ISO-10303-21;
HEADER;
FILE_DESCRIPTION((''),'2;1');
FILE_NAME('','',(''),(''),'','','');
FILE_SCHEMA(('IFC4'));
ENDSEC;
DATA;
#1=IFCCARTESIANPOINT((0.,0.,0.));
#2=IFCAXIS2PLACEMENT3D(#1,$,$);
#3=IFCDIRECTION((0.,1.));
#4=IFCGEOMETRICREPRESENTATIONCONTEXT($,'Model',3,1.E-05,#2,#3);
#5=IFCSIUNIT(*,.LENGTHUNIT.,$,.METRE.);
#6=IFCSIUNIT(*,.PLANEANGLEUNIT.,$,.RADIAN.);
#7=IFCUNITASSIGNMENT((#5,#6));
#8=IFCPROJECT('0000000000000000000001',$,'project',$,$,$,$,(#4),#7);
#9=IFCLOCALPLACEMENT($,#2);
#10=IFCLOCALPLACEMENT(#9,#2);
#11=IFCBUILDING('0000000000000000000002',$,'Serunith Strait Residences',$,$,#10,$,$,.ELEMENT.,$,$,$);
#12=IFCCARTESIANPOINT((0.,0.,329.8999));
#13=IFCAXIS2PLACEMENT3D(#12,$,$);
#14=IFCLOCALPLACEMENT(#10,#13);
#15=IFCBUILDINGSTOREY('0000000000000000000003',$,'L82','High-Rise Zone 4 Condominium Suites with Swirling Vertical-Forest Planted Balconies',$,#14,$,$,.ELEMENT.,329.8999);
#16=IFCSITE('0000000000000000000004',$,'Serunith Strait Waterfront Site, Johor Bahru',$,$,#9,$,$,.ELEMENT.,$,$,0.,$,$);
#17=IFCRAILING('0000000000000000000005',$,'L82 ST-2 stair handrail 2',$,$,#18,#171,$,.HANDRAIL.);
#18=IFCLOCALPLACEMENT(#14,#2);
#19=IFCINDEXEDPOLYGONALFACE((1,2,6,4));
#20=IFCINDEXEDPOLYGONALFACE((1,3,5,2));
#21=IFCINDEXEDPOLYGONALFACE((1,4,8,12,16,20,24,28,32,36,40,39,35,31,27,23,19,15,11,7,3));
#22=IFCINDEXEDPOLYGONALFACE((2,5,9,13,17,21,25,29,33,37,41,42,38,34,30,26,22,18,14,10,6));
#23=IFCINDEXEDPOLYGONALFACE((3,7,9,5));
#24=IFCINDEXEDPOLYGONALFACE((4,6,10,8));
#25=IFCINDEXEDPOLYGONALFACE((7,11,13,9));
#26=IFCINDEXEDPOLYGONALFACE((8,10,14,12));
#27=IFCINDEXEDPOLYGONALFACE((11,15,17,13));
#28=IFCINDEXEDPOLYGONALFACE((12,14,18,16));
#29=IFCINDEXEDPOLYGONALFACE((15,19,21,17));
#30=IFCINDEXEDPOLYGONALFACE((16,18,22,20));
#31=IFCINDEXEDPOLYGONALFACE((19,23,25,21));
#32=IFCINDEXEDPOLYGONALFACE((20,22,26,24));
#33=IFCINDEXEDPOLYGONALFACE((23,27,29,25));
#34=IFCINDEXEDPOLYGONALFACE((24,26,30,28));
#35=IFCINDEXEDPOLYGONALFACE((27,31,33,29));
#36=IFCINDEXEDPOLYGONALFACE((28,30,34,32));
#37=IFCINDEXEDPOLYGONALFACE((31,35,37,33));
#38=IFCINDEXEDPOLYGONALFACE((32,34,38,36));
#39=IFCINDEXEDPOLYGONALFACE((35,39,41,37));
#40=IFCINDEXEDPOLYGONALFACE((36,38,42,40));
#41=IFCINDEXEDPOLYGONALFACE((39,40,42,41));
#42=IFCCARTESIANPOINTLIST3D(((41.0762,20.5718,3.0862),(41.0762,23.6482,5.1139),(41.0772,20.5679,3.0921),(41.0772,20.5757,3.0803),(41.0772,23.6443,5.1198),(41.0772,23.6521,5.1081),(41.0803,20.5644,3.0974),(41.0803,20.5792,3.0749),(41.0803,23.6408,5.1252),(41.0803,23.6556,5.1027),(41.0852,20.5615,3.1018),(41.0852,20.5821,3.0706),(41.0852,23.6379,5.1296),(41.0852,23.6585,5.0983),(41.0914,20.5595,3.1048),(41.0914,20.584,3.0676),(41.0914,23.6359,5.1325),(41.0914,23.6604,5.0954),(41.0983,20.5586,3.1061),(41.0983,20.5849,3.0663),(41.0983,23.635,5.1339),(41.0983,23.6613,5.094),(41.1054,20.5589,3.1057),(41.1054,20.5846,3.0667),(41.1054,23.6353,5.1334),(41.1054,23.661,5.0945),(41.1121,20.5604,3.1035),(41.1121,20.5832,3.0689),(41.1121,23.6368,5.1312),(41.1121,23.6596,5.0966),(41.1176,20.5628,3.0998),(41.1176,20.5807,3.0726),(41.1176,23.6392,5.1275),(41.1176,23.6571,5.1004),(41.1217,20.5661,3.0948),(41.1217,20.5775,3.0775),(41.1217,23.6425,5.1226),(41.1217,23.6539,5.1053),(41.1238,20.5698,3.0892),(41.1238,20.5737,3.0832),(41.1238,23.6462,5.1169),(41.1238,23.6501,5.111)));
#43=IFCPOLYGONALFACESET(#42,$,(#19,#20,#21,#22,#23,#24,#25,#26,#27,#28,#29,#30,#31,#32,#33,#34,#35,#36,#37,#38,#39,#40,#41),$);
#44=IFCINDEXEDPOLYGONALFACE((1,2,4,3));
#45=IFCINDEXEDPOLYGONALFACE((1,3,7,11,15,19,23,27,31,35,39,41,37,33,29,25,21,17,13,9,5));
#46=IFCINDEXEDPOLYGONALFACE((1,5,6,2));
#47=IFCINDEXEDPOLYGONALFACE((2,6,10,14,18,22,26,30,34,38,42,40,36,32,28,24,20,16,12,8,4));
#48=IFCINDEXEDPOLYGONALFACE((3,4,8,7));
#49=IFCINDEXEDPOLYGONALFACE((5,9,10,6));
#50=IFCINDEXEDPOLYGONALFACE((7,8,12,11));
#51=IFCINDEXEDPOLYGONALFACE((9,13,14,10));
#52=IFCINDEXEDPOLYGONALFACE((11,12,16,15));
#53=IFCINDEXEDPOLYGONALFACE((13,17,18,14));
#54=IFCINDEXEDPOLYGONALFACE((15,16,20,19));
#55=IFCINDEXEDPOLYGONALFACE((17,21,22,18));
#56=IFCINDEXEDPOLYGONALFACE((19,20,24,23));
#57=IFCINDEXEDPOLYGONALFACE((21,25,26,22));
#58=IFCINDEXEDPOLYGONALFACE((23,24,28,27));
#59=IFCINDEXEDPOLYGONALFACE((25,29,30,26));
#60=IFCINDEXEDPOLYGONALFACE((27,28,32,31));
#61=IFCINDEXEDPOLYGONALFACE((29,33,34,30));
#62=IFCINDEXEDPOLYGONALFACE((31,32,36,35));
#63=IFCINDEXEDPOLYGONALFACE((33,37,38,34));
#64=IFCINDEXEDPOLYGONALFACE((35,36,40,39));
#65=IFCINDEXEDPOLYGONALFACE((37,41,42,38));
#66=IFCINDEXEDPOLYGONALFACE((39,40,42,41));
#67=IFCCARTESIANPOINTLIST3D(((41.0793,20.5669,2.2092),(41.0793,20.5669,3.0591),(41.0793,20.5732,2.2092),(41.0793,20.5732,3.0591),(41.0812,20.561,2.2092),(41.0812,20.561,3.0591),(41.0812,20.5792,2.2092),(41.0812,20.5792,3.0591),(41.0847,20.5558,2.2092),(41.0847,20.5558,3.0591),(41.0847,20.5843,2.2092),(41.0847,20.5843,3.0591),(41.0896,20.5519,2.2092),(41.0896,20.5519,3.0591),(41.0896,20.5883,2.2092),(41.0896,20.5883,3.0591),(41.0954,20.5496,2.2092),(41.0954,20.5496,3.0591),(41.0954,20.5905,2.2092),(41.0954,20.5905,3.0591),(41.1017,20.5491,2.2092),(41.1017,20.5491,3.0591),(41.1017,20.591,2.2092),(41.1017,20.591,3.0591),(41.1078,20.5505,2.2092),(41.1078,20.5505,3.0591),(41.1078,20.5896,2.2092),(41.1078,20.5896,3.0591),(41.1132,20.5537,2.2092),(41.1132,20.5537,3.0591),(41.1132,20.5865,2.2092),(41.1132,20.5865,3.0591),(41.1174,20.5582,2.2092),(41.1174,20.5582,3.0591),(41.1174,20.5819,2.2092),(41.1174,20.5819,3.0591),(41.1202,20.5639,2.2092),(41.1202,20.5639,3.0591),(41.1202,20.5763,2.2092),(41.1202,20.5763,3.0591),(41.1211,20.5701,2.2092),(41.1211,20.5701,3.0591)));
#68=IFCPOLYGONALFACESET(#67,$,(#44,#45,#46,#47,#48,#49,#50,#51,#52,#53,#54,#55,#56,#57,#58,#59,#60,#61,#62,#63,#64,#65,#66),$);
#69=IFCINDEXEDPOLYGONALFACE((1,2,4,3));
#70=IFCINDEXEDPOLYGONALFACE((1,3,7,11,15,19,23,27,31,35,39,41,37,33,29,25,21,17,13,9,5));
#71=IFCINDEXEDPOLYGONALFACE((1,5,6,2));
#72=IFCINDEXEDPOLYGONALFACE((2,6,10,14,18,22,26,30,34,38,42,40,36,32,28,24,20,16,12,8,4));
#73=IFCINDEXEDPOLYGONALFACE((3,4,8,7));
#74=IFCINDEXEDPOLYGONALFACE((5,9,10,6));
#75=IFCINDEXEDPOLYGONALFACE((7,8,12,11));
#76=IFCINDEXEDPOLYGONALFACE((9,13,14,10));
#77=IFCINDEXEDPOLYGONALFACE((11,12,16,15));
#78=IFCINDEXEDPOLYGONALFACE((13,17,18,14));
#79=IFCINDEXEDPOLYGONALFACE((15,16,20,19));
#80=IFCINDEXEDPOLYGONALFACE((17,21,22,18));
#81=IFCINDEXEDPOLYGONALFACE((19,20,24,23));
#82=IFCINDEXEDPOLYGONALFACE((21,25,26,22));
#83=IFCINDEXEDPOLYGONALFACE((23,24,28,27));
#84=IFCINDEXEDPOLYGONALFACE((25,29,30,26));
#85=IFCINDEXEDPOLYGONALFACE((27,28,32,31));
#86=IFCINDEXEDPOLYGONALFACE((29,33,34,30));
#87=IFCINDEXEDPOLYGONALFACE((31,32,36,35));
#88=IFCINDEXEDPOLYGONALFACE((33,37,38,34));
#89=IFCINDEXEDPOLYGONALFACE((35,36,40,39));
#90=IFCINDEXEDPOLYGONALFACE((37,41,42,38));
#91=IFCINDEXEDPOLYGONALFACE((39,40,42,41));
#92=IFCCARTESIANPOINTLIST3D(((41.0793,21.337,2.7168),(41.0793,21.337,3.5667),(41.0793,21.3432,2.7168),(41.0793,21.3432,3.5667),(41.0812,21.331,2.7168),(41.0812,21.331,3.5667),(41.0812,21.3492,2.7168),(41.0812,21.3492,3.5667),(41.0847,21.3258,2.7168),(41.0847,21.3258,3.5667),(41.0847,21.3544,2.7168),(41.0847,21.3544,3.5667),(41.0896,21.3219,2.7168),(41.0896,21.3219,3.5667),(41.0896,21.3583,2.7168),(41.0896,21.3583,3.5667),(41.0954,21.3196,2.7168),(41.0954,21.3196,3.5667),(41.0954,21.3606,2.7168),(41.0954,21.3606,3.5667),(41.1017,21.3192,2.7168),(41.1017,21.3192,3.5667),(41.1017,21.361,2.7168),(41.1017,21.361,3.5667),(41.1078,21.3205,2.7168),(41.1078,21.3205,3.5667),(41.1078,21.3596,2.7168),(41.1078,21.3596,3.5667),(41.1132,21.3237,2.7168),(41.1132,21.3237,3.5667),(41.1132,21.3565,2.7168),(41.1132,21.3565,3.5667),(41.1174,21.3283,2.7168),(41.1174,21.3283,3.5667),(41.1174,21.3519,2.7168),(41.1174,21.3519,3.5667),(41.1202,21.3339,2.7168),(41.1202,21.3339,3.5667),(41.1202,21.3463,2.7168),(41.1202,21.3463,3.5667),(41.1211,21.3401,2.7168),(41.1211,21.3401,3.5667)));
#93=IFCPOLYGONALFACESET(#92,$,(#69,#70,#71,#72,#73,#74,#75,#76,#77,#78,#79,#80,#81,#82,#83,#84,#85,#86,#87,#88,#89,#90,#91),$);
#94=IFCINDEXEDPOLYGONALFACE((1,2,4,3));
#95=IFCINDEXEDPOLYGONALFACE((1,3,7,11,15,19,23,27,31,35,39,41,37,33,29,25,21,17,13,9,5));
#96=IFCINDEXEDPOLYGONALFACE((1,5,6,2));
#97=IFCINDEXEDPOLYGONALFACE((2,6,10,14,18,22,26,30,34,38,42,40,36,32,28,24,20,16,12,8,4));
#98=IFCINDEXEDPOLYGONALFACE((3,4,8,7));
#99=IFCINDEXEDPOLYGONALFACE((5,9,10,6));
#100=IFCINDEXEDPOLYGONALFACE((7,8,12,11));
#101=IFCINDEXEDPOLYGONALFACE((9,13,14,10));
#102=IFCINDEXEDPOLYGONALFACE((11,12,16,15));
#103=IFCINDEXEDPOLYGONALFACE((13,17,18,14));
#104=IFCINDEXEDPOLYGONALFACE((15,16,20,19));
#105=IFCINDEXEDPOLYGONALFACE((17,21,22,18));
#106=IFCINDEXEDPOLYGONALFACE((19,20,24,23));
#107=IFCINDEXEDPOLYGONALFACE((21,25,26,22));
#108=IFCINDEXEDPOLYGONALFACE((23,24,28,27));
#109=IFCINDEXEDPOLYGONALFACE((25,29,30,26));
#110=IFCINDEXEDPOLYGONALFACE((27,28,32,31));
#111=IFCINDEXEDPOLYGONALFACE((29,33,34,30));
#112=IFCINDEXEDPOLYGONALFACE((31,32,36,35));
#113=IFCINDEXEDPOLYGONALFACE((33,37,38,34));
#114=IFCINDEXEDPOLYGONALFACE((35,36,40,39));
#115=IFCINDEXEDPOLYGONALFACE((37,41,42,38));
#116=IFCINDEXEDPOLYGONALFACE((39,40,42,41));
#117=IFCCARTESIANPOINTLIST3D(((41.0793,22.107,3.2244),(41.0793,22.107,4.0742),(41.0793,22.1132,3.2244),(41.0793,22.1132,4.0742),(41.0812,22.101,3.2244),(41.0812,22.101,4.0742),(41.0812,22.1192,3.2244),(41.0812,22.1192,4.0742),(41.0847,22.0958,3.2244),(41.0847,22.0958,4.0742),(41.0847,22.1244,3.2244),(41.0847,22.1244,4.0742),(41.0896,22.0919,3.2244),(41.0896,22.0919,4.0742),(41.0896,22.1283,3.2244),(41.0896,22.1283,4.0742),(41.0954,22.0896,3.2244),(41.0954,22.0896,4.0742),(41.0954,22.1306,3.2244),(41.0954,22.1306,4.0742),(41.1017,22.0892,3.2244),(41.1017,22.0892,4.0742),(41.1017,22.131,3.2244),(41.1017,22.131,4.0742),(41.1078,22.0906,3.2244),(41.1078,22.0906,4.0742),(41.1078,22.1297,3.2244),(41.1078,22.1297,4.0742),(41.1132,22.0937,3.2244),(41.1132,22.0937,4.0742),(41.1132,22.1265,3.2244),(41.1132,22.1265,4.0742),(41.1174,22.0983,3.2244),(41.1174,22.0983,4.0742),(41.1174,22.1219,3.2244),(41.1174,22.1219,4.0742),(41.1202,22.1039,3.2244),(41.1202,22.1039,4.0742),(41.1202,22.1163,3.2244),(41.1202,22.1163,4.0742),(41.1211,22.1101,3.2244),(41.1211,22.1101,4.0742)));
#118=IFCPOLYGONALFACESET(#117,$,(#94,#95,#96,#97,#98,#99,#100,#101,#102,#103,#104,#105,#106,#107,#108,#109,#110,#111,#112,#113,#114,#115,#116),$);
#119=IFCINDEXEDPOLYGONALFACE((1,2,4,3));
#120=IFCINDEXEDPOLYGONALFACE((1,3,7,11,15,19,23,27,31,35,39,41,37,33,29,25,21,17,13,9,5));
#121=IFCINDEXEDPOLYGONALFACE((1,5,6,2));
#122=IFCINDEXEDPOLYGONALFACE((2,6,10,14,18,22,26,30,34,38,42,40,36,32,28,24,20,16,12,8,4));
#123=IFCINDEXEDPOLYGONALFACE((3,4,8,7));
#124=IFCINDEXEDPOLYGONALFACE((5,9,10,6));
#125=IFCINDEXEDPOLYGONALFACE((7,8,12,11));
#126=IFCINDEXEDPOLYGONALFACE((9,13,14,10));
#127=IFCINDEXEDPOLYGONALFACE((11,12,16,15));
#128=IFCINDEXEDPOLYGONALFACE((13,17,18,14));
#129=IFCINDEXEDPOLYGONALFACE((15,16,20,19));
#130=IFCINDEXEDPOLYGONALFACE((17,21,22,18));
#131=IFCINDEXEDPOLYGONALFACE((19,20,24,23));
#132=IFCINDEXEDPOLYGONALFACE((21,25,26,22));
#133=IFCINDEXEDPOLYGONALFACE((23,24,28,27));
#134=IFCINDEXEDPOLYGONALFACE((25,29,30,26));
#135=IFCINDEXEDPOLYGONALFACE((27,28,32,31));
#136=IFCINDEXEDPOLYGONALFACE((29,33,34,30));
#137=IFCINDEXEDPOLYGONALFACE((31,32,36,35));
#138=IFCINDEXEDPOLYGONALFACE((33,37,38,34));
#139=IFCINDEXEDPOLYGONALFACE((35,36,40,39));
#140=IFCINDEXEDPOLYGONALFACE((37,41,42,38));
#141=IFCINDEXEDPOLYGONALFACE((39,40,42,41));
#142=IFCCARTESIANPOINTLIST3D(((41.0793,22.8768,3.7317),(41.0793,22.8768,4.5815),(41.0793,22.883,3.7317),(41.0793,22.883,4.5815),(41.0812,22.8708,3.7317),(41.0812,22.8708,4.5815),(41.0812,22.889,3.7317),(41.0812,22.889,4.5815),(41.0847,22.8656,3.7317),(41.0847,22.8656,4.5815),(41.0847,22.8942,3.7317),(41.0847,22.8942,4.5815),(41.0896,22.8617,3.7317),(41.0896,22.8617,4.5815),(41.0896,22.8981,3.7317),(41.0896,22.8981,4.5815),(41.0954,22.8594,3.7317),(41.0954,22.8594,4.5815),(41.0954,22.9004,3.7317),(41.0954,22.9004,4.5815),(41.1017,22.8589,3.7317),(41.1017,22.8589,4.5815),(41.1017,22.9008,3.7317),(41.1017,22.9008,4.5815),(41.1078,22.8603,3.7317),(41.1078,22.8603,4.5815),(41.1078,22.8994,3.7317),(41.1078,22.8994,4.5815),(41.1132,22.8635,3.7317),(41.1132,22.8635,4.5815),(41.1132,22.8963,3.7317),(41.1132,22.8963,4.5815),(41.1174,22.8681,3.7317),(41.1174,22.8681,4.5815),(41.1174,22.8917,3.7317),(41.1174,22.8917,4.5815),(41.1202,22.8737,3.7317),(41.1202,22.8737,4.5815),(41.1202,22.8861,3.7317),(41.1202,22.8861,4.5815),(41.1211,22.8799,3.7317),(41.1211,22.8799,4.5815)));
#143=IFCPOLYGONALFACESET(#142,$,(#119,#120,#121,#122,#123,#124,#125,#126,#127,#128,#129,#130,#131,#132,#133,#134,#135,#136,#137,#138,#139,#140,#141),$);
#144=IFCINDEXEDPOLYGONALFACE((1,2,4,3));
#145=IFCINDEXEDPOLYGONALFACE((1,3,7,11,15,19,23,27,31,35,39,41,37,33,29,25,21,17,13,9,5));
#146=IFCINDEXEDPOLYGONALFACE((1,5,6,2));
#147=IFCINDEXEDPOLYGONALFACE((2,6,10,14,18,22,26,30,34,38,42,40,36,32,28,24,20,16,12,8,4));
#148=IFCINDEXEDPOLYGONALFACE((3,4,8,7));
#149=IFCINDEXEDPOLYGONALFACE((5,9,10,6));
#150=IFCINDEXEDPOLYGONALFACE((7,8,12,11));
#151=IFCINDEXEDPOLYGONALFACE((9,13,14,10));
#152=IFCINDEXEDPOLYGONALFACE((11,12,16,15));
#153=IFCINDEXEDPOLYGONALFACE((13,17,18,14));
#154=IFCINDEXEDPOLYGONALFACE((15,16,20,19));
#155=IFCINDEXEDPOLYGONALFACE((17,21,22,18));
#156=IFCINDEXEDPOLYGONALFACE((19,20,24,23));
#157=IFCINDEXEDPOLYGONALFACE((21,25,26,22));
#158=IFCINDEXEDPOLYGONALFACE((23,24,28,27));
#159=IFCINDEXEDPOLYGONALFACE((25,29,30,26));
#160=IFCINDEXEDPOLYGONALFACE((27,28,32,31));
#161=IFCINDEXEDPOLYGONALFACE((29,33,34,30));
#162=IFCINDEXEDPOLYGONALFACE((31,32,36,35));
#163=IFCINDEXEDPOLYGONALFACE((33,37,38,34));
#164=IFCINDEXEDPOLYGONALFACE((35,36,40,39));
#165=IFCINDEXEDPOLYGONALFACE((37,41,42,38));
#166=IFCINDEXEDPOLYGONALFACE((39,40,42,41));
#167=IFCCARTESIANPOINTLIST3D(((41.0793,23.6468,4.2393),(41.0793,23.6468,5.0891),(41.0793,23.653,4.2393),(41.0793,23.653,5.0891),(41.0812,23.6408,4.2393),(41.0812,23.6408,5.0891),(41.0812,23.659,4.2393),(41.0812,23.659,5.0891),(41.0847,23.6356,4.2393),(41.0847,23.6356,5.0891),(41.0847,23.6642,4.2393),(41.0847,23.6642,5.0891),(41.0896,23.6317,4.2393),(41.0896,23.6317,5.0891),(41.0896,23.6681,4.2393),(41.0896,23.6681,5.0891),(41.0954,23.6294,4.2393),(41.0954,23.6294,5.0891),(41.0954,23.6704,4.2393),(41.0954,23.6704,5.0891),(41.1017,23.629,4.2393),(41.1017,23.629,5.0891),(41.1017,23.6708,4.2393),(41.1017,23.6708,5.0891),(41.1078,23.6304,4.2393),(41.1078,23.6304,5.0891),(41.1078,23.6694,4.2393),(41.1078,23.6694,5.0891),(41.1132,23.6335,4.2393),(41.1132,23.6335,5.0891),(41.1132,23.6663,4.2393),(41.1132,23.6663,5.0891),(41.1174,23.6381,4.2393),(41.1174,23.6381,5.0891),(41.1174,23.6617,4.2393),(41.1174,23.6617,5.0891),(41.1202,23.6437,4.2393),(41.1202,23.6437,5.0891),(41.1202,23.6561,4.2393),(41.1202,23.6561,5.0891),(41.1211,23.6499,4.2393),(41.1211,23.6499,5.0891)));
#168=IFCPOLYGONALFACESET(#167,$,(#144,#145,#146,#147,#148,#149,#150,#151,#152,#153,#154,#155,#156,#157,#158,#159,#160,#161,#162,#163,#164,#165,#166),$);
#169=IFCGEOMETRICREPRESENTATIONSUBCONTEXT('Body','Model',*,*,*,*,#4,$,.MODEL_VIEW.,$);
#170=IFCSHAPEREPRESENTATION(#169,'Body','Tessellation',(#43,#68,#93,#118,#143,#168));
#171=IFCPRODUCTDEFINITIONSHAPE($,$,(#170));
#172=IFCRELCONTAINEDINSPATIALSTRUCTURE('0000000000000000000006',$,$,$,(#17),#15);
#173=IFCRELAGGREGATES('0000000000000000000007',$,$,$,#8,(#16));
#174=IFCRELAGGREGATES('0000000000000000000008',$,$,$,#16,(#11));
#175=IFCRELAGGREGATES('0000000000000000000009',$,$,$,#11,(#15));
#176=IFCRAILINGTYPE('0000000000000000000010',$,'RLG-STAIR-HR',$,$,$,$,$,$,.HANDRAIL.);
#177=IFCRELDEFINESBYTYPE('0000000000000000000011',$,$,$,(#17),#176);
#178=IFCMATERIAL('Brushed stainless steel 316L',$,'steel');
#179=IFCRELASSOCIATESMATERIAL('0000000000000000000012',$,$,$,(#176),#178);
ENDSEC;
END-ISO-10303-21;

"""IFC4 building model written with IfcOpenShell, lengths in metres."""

from ifc_helpers import new_model, si_unit, direction, frame, origin, origin_2d, place, context, subcontext, project, spatial, circle, extrude, material, type_object, element, save


model = new_model("IFC4")

# Units and contexts
model_context = context("Model", 3, precision=1e-05, world=origin(), true_north=direction((0.0, 1.0)))
body_context = subcontext(model_context, "Body", "Model", "MODEL_VIEW")
ifc_project = project(units=[si_unit("LENGTHUNIT", "METRE"), si_unit("PLANEANGLEUNIT", "RADIAN")], contexts=[model_context])

# Site, building, storey
site_placement = place(None, origin())
site = spatial("IfcSite", under=ifc_project, at=site_placement, Name="Serunith Strait Waterfront Site, Johor Bahru", CompositionType="ELEMENT", RefElevation=0.0)
building_placement = place(site_placement, origin())
building = spatial("IfcBuilding", under=site, at=building_placement, Name="Serunith Strait Residences", CompositionType="ELEMENT")
storey_placement = place(building_placement, frame((0.0, 0.0, 329.8999)))
storey = spatial("IfcBuildingStorey", under=building, at=storey_placement, Name="L82", Description="High-Rise Zone 4 Condominium Suites with Swirling Vertical-Forest Planted Balconies", CompositionType="ELEMENT", Elevation=329.8999)

# Railing
ifc_material_1 = material(Name="Brushed stainless steel 316L", Category="steel")
railing_type_1 = type_object("IfcRailingType", Name="RLG-STAIR-HR", PredefinedType="HANDRAIL", material=ifc_material_1)
railing_1_placement = place(storey_placement, frame((41.1001, 20.5701, 2.2092)))
element("IfcRailing", 1, at=railing_1_placement, inside=storey, type_object=railing_type_1, Name="L82 ST-2 stair handrail 2", PredefinedType="HANDRAIL", context=body_context, shape_type="SweptSolid", body=[
    extrude(circle(Radius=0.0239, at=origin_2d()), frame((0.0, 0.0017, 0.877), z_axis=(0.0, 0.834941, 0.55034), x_axis=(-1.0, 0.0, 0.0)), (0.0, 0.0, 1.0), 3.6846),
    extrude(circle(Radius=0.021, at=origin_2d()), origin(), (0.0, 0.0, 1.0), 0.8499),
    extrude(circle(Radius=0.021, at=origin_2d()), frame((0.0, 0.77, 0.5076)), (0.0, 0.0, 1.0), 0.8499),
    extrude(circle(Radius=0.021, at=origin_2d()), frame((0.0, 1.54, 1.0151)), (0.0, 0.0, 1.0), 0.8499),
    extrude(circle(Radius=0.021, at=origin_2d()), frame((0.0, 2.3098, 1.5225)), (0.0, 0.0, 1.0), 0.8499),
    extrude(circle(Radius=0.021, at=origin_2d()), frame((0.0, 3.0798, 2.03)), (0.0, 0.0, 1.0), 0.8499),
])

save(model, "model.ifc")
